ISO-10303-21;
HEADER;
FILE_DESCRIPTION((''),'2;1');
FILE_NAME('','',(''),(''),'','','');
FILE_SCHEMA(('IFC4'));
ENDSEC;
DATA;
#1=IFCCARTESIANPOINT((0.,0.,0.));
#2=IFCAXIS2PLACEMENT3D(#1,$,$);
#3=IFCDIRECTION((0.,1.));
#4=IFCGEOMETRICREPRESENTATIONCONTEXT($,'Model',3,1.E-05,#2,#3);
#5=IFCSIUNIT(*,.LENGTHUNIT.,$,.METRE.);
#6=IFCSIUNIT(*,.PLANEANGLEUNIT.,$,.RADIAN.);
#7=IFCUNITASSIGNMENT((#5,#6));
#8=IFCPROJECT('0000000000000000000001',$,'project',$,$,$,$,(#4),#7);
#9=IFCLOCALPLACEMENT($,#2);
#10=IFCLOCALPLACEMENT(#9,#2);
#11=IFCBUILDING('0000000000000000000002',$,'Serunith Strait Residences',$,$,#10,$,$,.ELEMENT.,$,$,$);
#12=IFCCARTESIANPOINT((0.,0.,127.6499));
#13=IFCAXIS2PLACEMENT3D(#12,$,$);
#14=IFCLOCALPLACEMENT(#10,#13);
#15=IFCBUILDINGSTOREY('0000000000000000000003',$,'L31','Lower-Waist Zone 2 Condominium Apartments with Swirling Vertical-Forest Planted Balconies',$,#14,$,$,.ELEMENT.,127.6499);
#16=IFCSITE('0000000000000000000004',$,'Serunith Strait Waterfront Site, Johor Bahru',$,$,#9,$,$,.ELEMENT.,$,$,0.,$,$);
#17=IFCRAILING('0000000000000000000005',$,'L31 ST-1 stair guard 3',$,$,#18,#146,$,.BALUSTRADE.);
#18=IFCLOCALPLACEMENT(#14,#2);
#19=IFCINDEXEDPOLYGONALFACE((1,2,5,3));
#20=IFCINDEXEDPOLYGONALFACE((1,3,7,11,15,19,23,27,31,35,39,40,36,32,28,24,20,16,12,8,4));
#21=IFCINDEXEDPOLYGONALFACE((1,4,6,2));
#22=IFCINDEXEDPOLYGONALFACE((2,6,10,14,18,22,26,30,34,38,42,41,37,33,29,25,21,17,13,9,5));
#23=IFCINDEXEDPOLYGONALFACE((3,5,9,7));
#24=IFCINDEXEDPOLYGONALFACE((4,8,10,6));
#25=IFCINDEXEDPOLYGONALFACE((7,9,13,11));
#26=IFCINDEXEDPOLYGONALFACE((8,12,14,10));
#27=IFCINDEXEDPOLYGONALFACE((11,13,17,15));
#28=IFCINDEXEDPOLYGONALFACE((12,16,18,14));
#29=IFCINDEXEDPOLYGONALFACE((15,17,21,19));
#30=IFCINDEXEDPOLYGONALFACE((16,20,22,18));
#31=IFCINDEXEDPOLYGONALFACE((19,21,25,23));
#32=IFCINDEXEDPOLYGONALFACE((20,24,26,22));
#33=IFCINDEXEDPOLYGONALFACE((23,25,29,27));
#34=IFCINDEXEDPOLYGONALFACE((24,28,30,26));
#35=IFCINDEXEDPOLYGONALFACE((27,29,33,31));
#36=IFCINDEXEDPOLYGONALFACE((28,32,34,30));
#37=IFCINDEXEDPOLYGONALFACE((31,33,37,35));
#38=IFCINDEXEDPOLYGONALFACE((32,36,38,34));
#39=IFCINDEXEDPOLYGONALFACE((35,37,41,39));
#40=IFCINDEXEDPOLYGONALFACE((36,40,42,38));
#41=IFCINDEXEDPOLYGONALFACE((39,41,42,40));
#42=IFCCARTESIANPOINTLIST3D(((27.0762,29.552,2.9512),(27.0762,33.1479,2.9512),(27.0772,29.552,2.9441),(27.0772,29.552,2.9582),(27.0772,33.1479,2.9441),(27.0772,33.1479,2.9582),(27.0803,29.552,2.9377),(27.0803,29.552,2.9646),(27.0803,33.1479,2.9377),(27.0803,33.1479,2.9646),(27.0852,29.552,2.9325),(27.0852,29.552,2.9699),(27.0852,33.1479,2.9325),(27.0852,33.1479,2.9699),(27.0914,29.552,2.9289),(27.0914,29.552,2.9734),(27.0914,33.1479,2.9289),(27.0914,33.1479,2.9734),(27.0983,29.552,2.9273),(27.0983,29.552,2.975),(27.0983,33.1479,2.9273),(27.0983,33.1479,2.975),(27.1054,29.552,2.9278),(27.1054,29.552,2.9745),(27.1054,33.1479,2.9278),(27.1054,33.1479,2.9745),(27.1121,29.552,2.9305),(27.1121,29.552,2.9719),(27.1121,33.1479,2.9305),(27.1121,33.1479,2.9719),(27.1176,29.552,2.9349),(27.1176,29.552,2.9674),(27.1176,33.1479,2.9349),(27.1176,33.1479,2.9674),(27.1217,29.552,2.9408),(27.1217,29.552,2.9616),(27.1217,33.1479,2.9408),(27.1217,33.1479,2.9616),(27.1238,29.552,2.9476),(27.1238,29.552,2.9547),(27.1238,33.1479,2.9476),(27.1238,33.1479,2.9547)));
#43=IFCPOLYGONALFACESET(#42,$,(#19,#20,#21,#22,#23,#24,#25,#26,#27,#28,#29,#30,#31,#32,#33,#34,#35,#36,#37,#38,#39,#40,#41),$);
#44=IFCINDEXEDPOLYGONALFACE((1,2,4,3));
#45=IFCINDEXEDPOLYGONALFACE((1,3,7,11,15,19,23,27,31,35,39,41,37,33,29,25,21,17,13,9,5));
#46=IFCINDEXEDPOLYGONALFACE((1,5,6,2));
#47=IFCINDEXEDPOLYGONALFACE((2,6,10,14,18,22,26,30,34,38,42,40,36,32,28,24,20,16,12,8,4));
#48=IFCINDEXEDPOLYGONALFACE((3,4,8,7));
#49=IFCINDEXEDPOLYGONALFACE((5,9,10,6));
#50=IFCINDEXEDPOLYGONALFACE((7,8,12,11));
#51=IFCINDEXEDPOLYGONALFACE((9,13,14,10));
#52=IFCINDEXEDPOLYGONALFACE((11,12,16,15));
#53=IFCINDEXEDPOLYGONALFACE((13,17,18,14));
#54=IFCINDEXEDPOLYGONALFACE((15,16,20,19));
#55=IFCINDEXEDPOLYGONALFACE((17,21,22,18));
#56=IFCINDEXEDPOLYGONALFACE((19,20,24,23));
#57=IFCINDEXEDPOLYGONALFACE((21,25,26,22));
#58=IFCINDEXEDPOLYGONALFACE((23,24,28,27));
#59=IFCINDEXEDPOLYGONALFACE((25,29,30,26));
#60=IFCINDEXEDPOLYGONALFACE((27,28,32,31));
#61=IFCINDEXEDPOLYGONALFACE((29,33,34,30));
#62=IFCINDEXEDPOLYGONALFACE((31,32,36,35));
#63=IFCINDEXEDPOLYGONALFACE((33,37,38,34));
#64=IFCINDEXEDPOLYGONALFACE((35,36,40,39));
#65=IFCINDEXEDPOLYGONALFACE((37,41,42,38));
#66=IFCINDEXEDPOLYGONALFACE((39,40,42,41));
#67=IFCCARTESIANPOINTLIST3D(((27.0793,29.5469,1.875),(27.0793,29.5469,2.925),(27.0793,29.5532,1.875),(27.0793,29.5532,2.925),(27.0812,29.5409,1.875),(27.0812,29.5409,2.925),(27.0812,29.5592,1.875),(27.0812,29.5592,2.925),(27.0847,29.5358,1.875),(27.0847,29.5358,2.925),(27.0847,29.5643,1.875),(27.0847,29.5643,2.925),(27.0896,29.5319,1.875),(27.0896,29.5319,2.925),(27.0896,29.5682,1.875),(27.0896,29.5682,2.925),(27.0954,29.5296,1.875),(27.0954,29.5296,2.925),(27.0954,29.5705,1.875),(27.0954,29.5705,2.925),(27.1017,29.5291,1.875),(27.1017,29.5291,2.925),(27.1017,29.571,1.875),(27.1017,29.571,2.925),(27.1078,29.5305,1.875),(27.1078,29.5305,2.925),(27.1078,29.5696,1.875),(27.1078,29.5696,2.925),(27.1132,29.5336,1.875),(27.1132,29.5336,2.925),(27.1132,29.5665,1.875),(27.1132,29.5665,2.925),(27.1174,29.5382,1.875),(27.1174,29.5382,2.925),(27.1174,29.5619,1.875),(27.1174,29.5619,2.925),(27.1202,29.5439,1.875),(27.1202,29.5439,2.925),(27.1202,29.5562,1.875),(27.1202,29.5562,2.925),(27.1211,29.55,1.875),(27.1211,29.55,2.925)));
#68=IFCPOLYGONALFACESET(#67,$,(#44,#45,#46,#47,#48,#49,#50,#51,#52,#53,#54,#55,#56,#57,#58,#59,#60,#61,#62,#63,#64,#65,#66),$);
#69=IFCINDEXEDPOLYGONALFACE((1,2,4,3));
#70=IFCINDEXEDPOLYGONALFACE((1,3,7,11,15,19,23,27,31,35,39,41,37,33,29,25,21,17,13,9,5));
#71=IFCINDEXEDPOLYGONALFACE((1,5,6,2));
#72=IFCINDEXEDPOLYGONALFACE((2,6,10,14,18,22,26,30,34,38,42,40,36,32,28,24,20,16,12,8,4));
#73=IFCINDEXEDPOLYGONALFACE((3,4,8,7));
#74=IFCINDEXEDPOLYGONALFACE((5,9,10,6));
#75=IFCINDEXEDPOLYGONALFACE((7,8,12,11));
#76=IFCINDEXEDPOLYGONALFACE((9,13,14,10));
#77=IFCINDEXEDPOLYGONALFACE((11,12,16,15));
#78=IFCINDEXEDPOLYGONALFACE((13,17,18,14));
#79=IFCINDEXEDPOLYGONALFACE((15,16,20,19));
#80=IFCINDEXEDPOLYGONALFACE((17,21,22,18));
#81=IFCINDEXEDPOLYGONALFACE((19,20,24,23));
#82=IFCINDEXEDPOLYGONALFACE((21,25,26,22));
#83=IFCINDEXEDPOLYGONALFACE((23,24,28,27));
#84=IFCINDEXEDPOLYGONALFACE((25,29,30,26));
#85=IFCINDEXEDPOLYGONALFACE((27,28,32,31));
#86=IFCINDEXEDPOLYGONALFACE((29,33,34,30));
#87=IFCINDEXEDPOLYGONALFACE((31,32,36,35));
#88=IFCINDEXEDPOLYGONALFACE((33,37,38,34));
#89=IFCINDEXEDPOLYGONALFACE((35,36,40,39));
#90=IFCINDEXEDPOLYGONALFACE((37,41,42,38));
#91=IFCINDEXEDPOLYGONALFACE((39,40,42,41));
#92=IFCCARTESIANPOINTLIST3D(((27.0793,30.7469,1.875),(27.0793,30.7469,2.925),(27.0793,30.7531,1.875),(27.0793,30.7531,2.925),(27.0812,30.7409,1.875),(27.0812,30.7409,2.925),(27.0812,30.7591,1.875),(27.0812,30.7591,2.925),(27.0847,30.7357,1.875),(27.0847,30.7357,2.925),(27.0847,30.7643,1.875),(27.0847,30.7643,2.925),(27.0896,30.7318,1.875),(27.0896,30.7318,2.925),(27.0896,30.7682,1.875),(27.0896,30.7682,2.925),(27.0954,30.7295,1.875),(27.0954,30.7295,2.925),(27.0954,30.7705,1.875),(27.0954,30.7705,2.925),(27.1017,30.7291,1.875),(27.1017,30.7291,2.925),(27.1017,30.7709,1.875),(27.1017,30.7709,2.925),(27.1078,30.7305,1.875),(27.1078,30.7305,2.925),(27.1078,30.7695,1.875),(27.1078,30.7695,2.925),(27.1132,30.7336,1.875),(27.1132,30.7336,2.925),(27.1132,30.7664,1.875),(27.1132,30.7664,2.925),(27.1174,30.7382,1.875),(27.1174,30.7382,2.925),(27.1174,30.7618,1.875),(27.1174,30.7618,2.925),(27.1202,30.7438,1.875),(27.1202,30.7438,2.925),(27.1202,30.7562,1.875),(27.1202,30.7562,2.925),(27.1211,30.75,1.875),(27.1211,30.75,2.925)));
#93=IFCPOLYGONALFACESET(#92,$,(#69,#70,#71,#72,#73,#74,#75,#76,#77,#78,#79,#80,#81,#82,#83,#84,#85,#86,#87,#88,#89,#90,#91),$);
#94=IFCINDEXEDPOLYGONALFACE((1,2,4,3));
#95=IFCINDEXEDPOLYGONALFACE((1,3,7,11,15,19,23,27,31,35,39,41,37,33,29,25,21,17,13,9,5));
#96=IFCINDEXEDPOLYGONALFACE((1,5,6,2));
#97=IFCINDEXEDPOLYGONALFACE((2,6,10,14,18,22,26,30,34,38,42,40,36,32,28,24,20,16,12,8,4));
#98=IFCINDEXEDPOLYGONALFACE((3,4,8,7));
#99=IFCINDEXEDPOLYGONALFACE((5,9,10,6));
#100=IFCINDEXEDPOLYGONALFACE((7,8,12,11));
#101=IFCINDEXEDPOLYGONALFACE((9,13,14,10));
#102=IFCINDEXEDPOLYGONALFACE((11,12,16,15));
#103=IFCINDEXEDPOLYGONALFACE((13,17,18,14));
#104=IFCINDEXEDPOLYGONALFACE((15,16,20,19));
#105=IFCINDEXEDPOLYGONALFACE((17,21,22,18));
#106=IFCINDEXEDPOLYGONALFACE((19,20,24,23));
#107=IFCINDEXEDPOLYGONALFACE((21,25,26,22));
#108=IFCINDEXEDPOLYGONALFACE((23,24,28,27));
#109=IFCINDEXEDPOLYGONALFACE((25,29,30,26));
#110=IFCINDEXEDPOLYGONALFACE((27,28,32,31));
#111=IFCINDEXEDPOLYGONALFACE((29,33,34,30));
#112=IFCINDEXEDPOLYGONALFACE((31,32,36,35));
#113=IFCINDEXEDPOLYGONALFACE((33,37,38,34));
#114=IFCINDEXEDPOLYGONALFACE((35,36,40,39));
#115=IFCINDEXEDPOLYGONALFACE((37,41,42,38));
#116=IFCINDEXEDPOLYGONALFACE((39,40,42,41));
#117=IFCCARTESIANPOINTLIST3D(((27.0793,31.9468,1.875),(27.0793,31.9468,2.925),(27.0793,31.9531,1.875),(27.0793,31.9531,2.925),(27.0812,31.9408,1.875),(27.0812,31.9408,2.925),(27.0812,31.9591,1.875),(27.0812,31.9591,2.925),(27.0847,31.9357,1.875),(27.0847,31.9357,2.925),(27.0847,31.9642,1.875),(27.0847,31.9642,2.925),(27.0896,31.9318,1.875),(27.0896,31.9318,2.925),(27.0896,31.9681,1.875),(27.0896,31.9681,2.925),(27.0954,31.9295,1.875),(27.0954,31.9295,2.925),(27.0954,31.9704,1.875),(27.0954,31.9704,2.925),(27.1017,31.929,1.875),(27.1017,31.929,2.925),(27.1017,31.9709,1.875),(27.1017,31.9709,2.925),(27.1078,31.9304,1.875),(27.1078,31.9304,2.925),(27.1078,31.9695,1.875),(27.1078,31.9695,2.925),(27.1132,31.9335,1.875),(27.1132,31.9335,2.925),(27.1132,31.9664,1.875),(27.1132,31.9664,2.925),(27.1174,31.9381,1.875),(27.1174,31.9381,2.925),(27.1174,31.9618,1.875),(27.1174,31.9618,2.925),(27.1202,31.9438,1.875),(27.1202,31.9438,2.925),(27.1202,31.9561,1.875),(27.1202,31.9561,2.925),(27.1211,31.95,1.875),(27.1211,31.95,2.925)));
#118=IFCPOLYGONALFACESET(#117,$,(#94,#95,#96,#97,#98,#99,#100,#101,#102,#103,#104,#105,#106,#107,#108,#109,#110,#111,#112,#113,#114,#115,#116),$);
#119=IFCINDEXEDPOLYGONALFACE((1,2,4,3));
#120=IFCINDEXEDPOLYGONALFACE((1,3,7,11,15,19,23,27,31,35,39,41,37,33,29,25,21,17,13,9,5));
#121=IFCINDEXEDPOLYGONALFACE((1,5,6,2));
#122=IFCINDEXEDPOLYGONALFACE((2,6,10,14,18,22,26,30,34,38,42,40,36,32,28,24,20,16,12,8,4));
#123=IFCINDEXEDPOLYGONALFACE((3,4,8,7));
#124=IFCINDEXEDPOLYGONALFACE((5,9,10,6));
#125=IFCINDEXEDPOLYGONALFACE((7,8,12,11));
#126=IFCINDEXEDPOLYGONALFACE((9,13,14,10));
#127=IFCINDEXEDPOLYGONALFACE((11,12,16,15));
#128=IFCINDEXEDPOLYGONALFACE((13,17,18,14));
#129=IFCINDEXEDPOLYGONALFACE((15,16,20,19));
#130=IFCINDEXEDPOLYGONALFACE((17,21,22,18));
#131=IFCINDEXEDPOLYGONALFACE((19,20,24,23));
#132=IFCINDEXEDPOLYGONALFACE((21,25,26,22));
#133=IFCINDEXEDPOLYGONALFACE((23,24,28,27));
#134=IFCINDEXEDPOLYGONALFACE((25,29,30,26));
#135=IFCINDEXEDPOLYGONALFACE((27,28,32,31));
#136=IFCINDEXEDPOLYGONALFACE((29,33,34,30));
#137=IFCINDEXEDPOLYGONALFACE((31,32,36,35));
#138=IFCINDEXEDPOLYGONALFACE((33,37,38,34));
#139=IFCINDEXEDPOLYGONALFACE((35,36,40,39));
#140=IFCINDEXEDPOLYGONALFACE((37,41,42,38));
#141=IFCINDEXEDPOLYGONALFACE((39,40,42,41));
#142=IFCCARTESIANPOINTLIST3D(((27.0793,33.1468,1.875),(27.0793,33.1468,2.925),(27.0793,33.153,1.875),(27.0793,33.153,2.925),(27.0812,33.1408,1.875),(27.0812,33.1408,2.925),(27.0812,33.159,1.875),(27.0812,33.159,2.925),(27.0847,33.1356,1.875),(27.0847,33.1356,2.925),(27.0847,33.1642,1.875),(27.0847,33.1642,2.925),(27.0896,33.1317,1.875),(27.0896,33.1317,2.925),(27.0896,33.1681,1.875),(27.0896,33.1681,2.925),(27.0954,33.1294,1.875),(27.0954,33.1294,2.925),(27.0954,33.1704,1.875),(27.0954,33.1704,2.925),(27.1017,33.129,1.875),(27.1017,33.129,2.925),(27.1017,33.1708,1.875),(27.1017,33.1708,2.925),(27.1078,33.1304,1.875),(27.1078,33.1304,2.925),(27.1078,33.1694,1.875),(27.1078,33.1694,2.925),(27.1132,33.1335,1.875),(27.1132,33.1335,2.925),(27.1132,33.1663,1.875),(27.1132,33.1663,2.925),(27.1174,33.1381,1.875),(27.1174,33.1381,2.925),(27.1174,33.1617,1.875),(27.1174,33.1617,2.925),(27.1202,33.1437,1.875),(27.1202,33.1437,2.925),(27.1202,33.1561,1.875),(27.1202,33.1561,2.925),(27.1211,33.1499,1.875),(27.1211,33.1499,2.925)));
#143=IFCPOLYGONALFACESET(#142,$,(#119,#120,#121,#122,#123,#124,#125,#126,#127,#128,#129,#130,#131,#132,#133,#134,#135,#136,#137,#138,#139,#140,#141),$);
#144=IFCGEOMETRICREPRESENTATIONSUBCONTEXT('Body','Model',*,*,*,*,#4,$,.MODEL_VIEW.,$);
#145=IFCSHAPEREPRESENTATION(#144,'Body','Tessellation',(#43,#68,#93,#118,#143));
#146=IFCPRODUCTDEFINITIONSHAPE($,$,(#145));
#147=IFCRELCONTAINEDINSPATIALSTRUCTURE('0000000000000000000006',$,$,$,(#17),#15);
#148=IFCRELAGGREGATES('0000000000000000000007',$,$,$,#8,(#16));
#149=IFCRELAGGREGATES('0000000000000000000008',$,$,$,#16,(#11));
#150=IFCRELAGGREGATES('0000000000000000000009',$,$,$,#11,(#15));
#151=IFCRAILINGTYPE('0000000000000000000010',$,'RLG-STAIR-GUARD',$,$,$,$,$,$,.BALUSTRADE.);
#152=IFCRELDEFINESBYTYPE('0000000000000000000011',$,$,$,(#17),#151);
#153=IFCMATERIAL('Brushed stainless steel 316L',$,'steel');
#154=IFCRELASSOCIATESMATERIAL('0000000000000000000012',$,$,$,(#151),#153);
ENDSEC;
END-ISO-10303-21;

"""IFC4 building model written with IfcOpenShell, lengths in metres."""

from ifc_helpers import new_model, si_unit, direction, frame, origin, origin_2d, place, context, subcontext, project, spatial, circle, extrude, material, type_object, element, save


model = new_model("IFC4")

# Units and contexts
model_context = context("Model", 3, precision=1e-05, world=origin(), true_north=direction((0.0, 1.0)))
body_context = subcontext(model_context, "Body", "Model", "MODEL_VIEW")
ifc_project = project(units=[si_unit("LENGTHUNIT", "METRE"), si_unit("PLANEANGLEUNIT", "RADIAN")], contexts=[model_context])

# Site, building, storey
site_placement = place(None, origin())
site = spatial("IfcSite", under=ifc_project, at=site_placement, Name="Serunith Strait Waterfront Site, Johor Bahru", CompositionType="ELEMENT", RefElevation=0.0)
building_placement = place(site_placement, origin())
building = spatial("IfcBuilding", under=site, at=building_placement, Name="Serunith Strait Residences", CompositionType="ELEMENT")
storey_placement = place(building_placement, frame((0.0, 0.0, 127.6499)))
storey = spatial("IfcBuildingStorey", under=building, at=storey_placement, Name="L31", Description="Lower-Waist Zone 2 Condominium Apartments with Swirling Vertical-Forest Planted Balconies", CompositionType="ELEMENT", Elevation=127.6499)

# Railing
ifc_material_1 = material(Name="Brushed stainless steel 316L", Category="steel")
railing_type_1 = type_object("IfcRailingType", Name="RLG-STAIR-GUARD", PredefinedType="BALUSTRADE", material=ifc_material_1)
for number, where, name in (
    (1, (27.1001, 29.55, 1.875), "L31 ST-1 stair guard 3"),
):
    element("IfcRailing", number, at=place(storey_placement, frame(where)), inside=storey, type_object=railing_type_1, Name=name, PredefinedType="BALUSTRADE", context=body_context, shape_type="SweptSolid", body=[
        extrude(circle(Radius=0.0239, at=origin_2d()), frame((0.0, 0.002, 1.0762), z_axis=(0.0, 1.0, 0.0), x_axis=(-1.0, 0.0, 0.0)), (0.0, 0.0, 1.0), 3.5959),
        extrude(circle(Radius=0.021, at=origin_2d()), origin(), (0.0, 0.0, 1.0), 1.05),
        extrude(circle(Radius=0.021, at=origin_2d()), frame((0.0, 1.2, 0.0)), (0.0, 0.0, 1.0), 1.05),
        extrude(circle(Radius=0.021, at=origin_2d()), frame((0.0, 2.3999, 0.0)), (0.0, 0.0, 1.0), 1.05),
        extrude(circle(Radius=0.021, at=origin_2d()), frame((0.0, 3.5999, 0.0)), (0.0, 0.0, 1.0), 1.05),
    ])

save(model, "model.ifc")
